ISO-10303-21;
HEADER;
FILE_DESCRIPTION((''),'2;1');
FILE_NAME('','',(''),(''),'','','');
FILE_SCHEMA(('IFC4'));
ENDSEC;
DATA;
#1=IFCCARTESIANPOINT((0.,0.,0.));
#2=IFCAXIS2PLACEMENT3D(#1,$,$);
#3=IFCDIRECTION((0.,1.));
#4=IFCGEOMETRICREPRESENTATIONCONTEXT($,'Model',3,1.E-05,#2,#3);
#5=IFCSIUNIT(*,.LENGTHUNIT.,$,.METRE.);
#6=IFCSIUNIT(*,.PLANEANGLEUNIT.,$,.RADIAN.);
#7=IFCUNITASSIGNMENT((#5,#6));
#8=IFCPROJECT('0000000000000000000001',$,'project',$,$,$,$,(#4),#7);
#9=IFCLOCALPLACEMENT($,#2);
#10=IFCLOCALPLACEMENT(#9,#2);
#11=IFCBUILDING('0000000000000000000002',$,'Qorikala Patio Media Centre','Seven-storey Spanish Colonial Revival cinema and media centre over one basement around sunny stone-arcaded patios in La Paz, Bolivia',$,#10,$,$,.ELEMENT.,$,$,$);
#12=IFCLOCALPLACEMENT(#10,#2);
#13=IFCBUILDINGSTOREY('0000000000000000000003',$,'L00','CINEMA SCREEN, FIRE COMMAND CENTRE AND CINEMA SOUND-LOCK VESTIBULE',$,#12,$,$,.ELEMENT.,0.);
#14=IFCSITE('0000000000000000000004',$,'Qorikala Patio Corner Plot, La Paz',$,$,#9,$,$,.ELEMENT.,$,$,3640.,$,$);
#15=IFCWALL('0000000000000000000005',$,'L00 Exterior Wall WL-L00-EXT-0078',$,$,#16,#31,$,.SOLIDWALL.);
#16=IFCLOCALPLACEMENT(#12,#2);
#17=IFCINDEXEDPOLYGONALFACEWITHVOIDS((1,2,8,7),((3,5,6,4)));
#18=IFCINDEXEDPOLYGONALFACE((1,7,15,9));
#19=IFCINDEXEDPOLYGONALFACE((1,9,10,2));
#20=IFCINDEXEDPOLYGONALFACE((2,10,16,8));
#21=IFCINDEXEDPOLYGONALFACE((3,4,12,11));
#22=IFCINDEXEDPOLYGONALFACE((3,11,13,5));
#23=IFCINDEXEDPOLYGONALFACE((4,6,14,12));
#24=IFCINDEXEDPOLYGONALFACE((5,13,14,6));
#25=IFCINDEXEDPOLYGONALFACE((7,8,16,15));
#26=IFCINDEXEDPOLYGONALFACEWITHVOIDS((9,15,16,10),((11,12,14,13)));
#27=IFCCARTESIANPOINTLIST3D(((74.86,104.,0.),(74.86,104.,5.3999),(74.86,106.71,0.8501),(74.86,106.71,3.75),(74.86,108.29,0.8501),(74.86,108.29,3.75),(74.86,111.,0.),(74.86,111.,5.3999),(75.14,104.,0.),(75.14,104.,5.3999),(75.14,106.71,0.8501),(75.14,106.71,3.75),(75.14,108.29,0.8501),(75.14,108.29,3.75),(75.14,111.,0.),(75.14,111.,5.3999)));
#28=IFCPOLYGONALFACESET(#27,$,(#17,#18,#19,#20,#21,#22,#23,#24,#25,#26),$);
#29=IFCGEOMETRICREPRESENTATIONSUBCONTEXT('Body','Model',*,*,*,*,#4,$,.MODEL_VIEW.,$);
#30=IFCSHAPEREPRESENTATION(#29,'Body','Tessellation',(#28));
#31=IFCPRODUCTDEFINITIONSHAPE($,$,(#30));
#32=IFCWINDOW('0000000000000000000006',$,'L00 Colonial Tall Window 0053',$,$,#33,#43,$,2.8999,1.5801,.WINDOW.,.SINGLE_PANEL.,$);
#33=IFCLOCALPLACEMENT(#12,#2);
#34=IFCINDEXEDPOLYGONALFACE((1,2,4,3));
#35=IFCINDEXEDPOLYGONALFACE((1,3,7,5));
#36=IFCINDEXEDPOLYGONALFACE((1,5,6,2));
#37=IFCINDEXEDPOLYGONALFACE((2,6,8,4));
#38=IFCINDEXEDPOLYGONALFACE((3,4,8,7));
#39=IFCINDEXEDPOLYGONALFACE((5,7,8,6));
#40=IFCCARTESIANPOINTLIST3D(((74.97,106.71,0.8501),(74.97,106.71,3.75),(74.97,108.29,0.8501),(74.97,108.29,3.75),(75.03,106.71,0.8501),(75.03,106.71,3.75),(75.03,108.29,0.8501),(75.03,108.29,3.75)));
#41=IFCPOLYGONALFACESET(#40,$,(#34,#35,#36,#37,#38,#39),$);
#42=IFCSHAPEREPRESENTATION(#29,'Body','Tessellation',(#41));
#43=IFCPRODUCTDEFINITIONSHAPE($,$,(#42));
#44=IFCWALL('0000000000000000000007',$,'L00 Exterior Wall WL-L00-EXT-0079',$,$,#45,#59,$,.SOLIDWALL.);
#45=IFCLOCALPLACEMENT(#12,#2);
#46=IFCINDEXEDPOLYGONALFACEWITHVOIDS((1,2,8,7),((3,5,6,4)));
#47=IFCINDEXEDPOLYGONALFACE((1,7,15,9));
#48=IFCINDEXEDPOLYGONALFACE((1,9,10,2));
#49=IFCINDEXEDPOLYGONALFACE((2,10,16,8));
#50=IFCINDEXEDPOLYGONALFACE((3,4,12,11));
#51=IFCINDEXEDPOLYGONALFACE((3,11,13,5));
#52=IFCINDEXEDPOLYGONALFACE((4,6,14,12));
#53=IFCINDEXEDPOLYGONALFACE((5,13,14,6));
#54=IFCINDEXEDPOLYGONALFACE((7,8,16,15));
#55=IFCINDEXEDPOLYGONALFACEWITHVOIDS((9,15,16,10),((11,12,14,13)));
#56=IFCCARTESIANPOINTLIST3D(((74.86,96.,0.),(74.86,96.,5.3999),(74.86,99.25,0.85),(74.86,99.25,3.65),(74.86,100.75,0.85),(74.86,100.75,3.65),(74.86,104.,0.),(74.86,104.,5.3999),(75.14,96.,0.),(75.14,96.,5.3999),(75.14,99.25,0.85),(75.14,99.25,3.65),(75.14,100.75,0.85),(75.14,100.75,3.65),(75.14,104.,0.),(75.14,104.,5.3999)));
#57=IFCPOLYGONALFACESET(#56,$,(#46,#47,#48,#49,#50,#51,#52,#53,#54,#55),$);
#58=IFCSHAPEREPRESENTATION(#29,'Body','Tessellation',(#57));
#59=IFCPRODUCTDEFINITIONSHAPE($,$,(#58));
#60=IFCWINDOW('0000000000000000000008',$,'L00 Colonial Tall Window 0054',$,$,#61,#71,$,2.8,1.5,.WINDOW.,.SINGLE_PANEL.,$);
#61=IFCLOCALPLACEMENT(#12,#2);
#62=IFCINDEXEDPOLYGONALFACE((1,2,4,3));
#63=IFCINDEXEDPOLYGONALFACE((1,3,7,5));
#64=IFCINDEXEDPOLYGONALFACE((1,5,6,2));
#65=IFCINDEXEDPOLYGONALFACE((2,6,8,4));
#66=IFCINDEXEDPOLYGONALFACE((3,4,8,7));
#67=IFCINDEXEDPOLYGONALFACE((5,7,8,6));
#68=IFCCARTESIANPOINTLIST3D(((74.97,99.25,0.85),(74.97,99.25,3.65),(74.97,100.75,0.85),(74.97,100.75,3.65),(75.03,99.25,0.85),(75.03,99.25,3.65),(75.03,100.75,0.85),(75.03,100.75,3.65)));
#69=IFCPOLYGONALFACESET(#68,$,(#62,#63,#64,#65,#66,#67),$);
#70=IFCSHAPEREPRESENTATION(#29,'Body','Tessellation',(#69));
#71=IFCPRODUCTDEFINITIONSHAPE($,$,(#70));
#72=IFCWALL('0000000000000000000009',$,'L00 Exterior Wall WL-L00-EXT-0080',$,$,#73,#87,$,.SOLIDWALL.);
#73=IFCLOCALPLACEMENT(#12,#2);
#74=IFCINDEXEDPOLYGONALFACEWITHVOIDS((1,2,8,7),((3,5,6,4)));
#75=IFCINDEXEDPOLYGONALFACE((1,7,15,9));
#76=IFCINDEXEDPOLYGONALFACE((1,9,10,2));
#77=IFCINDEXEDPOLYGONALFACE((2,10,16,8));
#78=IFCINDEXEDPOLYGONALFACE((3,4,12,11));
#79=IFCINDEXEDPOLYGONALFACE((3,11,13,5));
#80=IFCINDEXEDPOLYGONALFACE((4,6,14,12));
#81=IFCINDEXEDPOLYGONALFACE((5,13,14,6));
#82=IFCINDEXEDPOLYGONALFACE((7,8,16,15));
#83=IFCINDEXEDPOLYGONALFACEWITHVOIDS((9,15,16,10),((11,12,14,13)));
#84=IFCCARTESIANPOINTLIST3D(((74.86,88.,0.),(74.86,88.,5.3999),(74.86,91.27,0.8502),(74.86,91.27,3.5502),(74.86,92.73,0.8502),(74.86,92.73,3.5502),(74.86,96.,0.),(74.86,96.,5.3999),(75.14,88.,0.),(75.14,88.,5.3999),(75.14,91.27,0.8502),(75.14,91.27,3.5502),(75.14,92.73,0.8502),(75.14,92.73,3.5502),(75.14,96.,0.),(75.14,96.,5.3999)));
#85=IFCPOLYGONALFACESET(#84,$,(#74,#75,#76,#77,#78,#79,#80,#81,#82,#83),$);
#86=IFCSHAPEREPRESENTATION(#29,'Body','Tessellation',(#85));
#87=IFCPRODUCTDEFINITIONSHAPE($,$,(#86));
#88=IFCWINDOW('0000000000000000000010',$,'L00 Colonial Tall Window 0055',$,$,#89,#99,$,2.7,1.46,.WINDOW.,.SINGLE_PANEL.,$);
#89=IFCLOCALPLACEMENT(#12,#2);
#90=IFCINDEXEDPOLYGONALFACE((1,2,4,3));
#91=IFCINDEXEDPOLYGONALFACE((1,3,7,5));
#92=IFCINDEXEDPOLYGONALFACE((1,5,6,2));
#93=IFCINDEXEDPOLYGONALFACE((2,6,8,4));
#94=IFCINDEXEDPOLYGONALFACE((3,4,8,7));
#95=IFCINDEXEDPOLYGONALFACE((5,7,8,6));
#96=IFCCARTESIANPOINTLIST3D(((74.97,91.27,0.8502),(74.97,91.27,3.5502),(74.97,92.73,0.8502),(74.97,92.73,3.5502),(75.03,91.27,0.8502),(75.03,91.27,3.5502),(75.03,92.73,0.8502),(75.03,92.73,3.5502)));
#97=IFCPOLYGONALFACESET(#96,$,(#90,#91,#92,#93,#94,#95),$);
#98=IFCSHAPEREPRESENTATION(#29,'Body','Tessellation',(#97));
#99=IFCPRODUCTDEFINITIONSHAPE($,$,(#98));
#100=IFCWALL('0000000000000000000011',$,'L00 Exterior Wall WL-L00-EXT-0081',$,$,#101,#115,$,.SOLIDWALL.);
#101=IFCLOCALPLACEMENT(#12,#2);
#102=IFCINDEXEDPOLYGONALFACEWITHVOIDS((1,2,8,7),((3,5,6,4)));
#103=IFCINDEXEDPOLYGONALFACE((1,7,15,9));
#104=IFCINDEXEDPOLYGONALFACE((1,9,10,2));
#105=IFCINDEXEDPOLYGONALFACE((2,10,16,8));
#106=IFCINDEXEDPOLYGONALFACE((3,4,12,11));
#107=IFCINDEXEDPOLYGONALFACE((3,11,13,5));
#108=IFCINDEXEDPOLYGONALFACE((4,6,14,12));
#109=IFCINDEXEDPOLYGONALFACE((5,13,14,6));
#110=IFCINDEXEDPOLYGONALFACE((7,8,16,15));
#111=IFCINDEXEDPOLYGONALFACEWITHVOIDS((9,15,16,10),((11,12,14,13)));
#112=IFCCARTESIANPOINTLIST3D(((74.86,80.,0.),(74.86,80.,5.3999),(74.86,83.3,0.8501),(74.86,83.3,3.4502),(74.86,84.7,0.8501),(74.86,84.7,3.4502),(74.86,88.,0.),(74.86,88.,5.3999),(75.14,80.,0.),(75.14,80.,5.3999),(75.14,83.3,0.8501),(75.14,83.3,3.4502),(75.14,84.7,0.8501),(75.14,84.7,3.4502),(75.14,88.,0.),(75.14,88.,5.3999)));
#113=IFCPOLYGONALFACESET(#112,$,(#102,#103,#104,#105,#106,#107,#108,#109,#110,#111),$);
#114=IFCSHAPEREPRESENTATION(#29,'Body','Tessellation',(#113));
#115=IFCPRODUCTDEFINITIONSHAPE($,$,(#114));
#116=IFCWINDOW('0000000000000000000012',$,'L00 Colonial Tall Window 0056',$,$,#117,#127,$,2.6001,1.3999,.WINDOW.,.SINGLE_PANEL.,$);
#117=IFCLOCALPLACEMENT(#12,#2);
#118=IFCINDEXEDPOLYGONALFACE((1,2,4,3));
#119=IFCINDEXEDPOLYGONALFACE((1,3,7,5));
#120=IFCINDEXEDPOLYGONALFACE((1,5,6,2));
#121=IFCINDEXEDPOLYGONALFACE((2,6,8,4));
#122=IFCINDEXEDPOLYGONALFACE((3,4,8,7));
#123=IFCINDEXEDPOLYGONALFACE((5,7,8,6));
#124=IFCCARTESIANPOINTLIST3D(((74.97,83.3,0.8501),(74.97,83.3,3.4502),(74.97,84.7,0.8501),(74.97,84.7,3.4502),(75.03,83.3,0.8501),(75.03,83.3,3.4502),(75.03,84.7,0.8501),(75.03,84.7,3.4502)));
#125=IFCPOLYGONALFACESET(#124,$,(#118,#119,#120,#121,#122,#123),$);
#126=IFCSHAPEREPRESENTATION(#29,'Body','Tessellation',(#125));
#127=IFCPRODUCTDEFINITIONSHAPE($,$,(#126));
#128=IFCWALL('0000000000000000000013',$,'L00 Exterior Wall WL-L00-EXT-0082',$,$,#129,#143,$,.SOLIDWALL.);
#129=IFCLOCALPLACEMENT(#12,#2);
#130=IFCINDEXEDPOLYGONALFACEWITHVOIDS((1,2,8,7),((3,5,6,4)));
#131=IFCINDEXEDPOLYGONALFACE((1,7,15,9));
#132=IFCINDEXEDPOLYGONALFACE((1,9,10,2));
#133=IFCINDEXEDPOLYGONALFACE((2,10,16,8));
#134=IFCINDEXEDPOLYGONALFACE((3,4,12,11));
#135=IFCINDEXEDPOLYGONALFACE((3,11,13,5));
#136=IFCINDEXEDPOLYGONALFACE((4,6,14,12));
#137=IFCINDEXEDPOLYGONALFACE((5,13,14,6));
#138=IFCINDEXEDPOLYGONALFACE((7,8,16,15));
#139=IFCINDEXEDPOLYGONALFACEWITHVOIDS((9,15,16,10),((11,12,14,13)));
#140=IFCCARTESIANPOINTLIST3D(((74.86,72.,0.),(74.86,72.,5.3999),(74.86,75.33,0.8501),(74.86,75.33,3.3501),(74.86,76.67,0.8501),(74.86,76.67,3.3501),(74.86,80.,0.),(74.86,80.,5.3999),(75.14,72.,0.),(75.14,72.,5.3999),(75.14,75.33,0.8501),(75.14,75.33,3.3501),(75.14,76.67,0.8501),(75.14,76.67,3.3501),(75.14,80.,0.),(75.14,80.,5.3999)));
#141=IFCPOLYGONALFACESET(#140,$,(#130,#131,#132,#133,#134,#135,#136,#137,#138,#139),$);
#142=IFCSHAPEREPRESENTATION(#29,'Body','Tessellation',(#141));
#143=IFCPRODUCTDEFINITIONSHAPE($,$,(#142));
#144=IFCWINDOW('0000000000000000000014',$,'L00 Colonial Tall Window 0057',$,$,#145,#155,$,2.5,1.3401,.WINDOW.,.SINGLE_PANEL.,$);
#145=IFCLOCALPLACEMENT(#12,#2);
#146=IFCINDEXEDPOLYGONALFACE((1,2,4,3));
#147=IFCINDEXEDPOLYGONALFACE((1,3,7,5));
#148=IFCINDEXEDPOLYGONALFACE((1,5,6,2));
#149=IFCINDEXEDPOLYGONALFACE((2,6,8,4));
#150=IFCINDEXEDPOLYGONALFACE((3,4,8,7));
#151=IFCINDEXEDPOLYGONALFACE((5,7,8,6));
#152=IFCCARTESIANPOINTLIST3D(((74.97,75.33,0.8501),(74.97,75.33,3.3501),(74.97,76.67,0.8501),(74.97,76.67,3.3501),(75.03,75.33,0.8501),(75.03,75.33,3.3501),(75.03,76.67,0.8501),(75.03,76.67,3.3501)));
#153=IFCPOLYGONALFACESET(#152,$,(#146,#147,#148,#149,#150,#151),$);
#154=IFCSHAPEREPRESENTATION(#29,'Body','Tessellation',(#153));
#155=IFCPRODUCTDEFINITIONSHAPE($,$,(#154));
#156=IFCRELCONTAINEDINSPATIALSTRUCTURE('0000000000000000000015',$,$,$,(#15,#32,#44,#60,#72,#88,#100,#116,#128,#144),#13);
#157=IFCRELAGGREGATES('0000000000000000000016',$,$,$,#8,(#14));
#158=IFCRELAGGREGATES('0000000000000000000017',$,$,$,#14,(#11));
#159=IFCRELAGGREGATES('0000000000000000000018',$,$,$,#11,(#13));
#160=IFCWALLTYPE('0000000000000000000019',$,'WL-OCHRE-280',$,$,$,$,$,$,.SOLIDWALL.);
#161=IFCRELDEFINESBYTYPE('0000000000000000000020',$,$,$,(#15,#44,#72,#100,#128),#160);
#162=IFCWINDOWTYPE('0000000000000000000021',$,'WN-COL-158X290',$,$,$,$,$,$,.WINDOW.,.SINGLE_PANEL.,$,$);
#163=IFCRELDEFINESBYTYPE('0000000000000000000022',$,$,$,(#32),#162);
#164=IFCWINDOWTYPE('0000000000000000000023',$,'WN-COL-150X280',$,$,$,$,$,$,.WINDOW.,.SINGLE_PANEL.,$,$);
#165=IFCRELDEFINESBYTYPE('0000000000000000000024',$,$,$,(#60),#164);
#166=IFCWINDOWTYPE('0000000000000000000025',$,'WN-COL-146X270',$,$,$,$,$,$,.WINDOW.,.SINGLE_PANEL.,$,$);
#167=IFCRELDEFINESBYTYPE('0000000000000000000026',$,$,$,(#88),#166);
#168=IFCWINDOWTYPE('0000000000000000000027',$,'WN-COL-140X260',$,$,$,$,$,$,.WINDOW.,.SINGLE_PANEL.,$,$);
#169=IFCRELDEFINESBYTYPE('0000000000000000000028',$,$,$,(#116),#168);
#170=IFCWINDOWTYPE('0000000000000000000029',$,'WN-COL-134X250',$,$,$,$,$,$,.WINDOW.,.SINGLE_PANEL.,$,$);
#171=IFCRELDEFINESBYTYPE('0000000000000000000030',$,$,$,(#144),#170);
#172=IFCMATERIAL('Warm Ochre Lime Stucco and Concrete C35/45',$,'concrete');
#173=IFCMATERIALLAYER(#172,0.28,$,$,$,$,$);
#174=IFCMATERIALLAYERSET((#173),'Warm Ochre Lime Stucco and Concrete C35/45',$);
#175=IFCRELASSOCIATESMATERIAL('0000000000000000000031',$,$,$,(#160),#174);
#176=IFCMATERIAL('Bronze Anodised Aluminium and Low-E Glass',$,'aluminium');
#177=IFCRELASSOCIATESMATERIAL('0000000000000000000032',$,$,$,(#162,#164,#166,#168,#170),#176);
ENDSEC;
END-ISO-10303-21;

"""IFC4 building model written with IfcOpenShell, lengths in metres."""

from ifc_helpers import new_model, si_unit, direction, frame, frame_2d, origin, place, context, subcontext, project, spatial, rectangle, extrude, material, layer, layer_set, type_object, element, fill, save


model = new_model("IFC4")

# Units and contexts
model_context = context("Model", 3, precision=1e-05, world=origin(), true_north=direction((0.0, 1.0)))
body_context = subcontext(model_context, "Body", "Model", "MODEL_VIEW")
ifc_project = project(units=[si_unit("LENGTHUNIT", "METRE"), si_unit("PLANEANGLEUNIT", "RADIAN")], contexts=[model_context])

# Site, building, storey
site_placement = place(None, origin())
site = spatial("IfcSite", under=ifc_project, at=site_placement, Name="Qorikala Patio Corner Plot, La Paz", CompositionType="ELEMENT", RefElevation=3640.0)
building_placement = place(site_placement, origin())
building = spatial("IfcBuilding", under=site, at=building_placement, Name="Qorikala Patio Media Centre", Description="Seven-storey Spanish Colonial Revival cinema and media centre over one basement around sunny stone-arcaded patios in La Paz, Bolivia", CompositionType="ELEMENT")
storey_placement = place(building_placement, origin())
storey = spatial("IfcBuildingStorey", under=building, at=storey_placement, Name="L00", Description="CINEMA SCREEN, FIRE COMMAND CENTRE AND CINEMA SOUND-LOCK VESTIBULE", CompositionType="ELEMENT", Elevation=0.0)

# Shared definitions
ifc_material_1 = material(Name="Bronze Anodised Aluminium and Low-E Glass", Category="aluminium")

# Walls, openings, windows
ifc_material_2 = material(Name="Warm Ochre Lime Stucco and Concrete C35/45", Category="concrete")
ifc_layer_1 = layer(ifc_material_2, 0.28)
ifc_layer_set_1 = layer_set([ifc_layer_1], Name="Warm Ochre Lime Stucco and Concrete C35/45")
wall_type_1 = type_object("IfcWallType", Name="WL-OCHRE-280", PredefinedType="SOLIDWALL", material=ifc_layer_set_1)
wall_1_placement = place(storey_placement, frame((75.0, 111.0, 0.0), z_axis=(0.0, 0.0, 1.0), x_axis=(0.0, -1.0, 0.0)))
wall_1 = element("IfcWall", 1, at=wall_1_placement, inside=storey, type_object=wall_type_1, Name="L00 Exterior Wall WL-L00-EXT-0078", PredefinedType="SOLIDWALL", context=body_context, shape_type="SweptSolid", body=[
    extrude(rectangle(XDim=7.0, YDim=0.28, at=frame_2d((3.5, 0.0))), origin(), (0.0, 0.0, 1.0), 5.3999),
])
opening_1_placement = place(wall_1_placement, frame((2.71, 0.0, 0.8501)))
opening_1 = element("IfcOpeningElement", 2, at=opening_1_placement, cuts=wall_1, PredefinedType="OPENING", context=body_context, shape_type="SweptSolid", body=[
    extrude(rectangle(XDim=1.5801, YDim=2.8999, at=frame_2d((0.79, 1.45))), frame((0.0, 0.1499, 0.0), z_axis=(0.0, -1.0, 0.0), x_axis=(1.0, 0.0, 0.0)), (0.0, 0.0, 1.0), 0.3),
])
window_type_1 = type_object("IfcWindowType", Name="WN-COL-158X290", PartitioningType="SINGLE_PANEL", PredefinedType="WINDOW", material=ifc_material_1)
window_1_placement = place(opening_1_placement, origin())
window_1 = element("IfcWindow", 3, at=window_1_placement, inside=storey, type_object=window_type_1, Name="L00 Colonial Tall Window 0053", OverallHeight=2.8999, OverallWidth=1.5801, PartitioningType="SINGLE_PANEL", PredefinedType="WINDOW", context=body_context, shape_type="SweptSolid", body=[
    extrude(rectangle(XDim=1.5801, YDim=2.8999, at=frame_2d((0.79, 1.45))), frame((0.0, 0.03, 0.0), z_axis=(0.0, -1.0, 0.0), x_axis=(1.0, 0.0, 0.0)), (0.0, 0.0, 1.0), 0.0601),
])
fill(opening_1, window_1)
wall_2_placement = place(storey_placement, frame((75.0, 104.0, 0.0), z_axis=(0.0, 0.0, 1.0), x_axis=(0.0, -1.0, 0.0)))
wall_2 = element("IfcWall", 4, at=wall_2_placement, inside=storey, type_object=wall_type_1, Name="L00 Exterior Wall WL-L00-EXT-0079", PredefinedType="SOLIDWALL", context=body_context, shape_type="SweptSolid", body=[
    extrude(rectangle(XDim=8.0, YDim=0.28, at=frame_2d((4.0, 0.0))), origin(), (0.0, 0.0, 1.0), 5.3999),
])
opening_2_placement = place(wall_2_placement, frame((3.25, 0.0, 0.8501)))
opening_2 = element("IfcOpeningElement", 5, at=opening_2_placement, cuts=wall_2, PredefinedType="OPENING", context=body_context, shape_type="SweptSolid", body=[
    extrude(rectangle(XDim=1.5, YDim=2.8, at=frame_2d((0.75, 1.3999))), frame((0.0, 0.1499, 0.0), z_axis=(0.0, -1.0, 0.0), x_axis=(1.0, 0.0, 0.0)), (0.0, 0.0, 1.0), 0.3),
])
window_type_2 = type_object("IfcWindowType", Name="WN-COL-150X280", PartitioningType="SINGLE_PANEL", PredefinedType="WINDOW", material=ifc_material_1)
window_2_placement = place(opening_2_placement, origin())
window_2 = element("IfcWindow", 6, at=window_2_placement, inside=storey, type_object=window_type_2, Name="L00 Colonial Tall Window 0054", OverallHeight=2.8, OverallWidth=1.5, PartitioningType="SINGLE_PANEL", PredefinedType="WINDOW", context=body_context, shape_type="SweptSolid", body=[
    extrude(rectangle(XDim=1.5, YDim=2.8, at=frame_2d((0.75, 1.3999))), frame((0.0, 0.03, 0.0), z_axis=(0.0, -1.0, 0.0), x_axis=(1.0, 0.0, 0.0)), (0.0, 0.0, 1.0), 0.0601),
])
fill(opening_2, window_2)
wall_3_placement = place(storey_placement, frame((75.0, 96.0, 0.0), z_axis=(0.0, 0.0, 1.0), x_axis=(0.0, -1.0, 0.0)))
wall_3 = element("IfcWall", 7, at=wall_3_placement, inside=storey, type_object=wall_type_1, Name="L00 Exterior Wall WL-L00-EXT-0080", PredefinedType="SOLIDWALL", context=body_context, shape_type="SweptSolid", body=[
    extrude(rectangle(XDim=8.0, YDim=0.28, at=frame_2d((4.0, 0.0))), origin(), (0.0, 0.0, 1.0), 5.3999),
])
opening_3_placement = place(wall_3_placement, frame((3.27, 0.0, 0.8501)))
opening_3 = element("IfcOpeningElement", 8, at=opening_3_placement, cuts=wall_3, PredefinedType="OPENING", context=body_context, shape_type="SweptSolid", body=[
    extrude(rectangle(XDim=1.46, YDim=2.7, at=frame_2d((0.73, 1.3501))), frame((0.0, 0.1499, 0.0), z_axis=(0.0, -1.0, 0.0), x_axis=(1.0, 0.0, 0.0)), (0.0, 0.0, 1.0), 0.3),
])
window_type_3 = type_object("IfcWindowType", Name="WN-COL-146X270", PartitioningType="SINGLE_PANEL", PredefinedType="WINDOW", material=ifc_material_1)
window_3_placement = place(opening_3_placement, origin())
window_3 = element("IfcWindow", 9, at=window_3_placement, inside=storey, type_object=window_type_3, Name="L00 Colonial Tall Window 0055", OverallHeight=2.7, OverallWidth=1.46, PartitioningType="SINGLE_PANEL", PredefinedType="WINDOW", context=body_context, shape_type="SweptSolid", body=[
    extrude(rectangle(XDim=1.46, YDim=2.7, at=frame_2d((0.73, 1.3501))), frame((0.0, 0.03, 0.0), z_axis=(0.0, -1.0, 0.0), x_axis=(1.0, 0.0, 0.0)), (0.0, 0.0, 1.0), 0.0601),
])
fill(opening_3, window_3)
wall_4_placement = place(storey_placement, frame((75.0, 88.0, 0.0), z_axis=(0.0, 0.0, 1.0), x_axis=(0.0, -1.0, 0.0)))
wall_4 = element("IfcWall", 10, at=wall_4_placement, inside=storey, type_object=wall_type_1, Name="L00 Exterior Wall WL-L00-EXT-0081", PredefinedType="SOLIDWALL", context=body_context, shape_type="SweptSolid", body=[
    extrude(rectangle(XDim=8.0, YDim=0.28, at=frame_2d((4.0, 0.0))), origin(), (0.0, 0.0, 1.0), 5.3999),
])
opening_4_placement = place(wall_4_placement, frame((3.3, 0.0, 0.8501)))
opening_4 = element("IfcOpeningElement", 11, at=opening_4_placement, cuts=wall_4, PredefinedType="OPENING", context=body_context, shape_type="SweptSolid", body=[
    extrude(rectangle(XDim=1.3999, YDim=2.6001, at=frame_2d((0.7, 1.3))), frame((0.0, 0.1499, 0.0), z_axis=(0.0, -1.0, 0.0), x_axis=(1.0, 0.0, 0.0)), (0.0, 0.0, 1.0), 0.3),
])
window_type_4 = type_object("IfcWindowType", Name="WN-COL-140X260", PartitioningType="SINGLE_PANEL", PredefinedType="WINDOW", material=ifc_material_1)
window_4_placement = place(opening_4_placement, origin())
window_4 = element("IfcWindow", 12, at=window_4_placement, inside=storey, type_object=window_type_4, Name="L00 Colonial Tall Window 0056", OverallHeight=2.6001, OverallWidth=1.3999, PartitioningType="SINGLE_PANEL", PredefinedType="WINDOW", context=body_context, shape_type="SweptSolid", body=[
    extrude(rectangle(XDim=1.3999, YDim=2.6001, at=frame_2d((0.7, 1.3))), frame((0.0, 0.03, 0.0), z_axis=(0.0, -1.0, 0.0), x_axis=(1.0, 0.0, 0.0)), (0.0, 0.0, 1.0), 0.0601),
])
fill(opening_4, window_4)
wall_5_placement = place(storey_placement, frame((75.0, 80.0, 0.0), z_axis=(0.0, 0.0, 1.0), x_axis=(0.0, -1.0, 0.0)))
wall_5 = element("IfcWall", 13, at=wall_5_placement, inside=storey, type_object=wall_type_1, Name="L00 Exterior Wall WL-L00-EXT-0082", PredefinedType="SOLIDWALL", context=body_context, shape_type="SweptSolid", body=[
    extrude(rectangle(XDim=8.0, YDim=0.28, at=frame_2d((4.0, 0.0))), origin(), (0.0, 0.0, 1.0), 5.3999),
])
opening_5_placement = place(wall_5_placement, frame((3.3301, 0.0, 0.8501)))
opening_5 = element("IfcOpeningElement", 14, at=opening_5_placement, cuts=wall_5, PredefinedType="OPENING", context=body_context, shape_type="SweptSolid", body=[
    extrude(rectangle(XDim=1.3401, YDim=2.5, at=frame_2d((0.6699, 1.25))), frame((0.0, 0.1499, 0.0), z_axis=(0.0, -1.0, 0.0), x_axis=(1.0, 0.0, 0.0)), (0.0, 0.0, 1.0), 0.3),
])
window_type_5 = type_object("IfcWindowType", Name="WN-COL-134X250", PartitioningType="SINGLE_PANEL", PredefinedType="WINDOW", material=ifc_material_1)
window_5_placement = place(opening_5_placement, origin())
window_5 = element("IfcWindow", 15, at=window_5_placement, inside=storey, type_object=window_type_5, Name="L00 Colonial Tall Window 0057", OverallHeight=2.5, OverallWidth=1.3401, PartitioningType="SINGLE_PANEL", PredefinedType="WINDOW", context=body_context, shape_type="SweptSolid", body=[
    extrude(rectangle(XDim=1.3401, YDim=2.5, at=frame_2d((0.6699, 1.25))), frame((0.0, 0.03, 0.0), z_axis=(0.0, -1.0, 0.0), x_axis=(1.0, 0.0, 0.0)), (0.0, 0.0, 1.0), 0.0601),
])
fill(opening_5, window_5)

save(model, "model.ifc")
